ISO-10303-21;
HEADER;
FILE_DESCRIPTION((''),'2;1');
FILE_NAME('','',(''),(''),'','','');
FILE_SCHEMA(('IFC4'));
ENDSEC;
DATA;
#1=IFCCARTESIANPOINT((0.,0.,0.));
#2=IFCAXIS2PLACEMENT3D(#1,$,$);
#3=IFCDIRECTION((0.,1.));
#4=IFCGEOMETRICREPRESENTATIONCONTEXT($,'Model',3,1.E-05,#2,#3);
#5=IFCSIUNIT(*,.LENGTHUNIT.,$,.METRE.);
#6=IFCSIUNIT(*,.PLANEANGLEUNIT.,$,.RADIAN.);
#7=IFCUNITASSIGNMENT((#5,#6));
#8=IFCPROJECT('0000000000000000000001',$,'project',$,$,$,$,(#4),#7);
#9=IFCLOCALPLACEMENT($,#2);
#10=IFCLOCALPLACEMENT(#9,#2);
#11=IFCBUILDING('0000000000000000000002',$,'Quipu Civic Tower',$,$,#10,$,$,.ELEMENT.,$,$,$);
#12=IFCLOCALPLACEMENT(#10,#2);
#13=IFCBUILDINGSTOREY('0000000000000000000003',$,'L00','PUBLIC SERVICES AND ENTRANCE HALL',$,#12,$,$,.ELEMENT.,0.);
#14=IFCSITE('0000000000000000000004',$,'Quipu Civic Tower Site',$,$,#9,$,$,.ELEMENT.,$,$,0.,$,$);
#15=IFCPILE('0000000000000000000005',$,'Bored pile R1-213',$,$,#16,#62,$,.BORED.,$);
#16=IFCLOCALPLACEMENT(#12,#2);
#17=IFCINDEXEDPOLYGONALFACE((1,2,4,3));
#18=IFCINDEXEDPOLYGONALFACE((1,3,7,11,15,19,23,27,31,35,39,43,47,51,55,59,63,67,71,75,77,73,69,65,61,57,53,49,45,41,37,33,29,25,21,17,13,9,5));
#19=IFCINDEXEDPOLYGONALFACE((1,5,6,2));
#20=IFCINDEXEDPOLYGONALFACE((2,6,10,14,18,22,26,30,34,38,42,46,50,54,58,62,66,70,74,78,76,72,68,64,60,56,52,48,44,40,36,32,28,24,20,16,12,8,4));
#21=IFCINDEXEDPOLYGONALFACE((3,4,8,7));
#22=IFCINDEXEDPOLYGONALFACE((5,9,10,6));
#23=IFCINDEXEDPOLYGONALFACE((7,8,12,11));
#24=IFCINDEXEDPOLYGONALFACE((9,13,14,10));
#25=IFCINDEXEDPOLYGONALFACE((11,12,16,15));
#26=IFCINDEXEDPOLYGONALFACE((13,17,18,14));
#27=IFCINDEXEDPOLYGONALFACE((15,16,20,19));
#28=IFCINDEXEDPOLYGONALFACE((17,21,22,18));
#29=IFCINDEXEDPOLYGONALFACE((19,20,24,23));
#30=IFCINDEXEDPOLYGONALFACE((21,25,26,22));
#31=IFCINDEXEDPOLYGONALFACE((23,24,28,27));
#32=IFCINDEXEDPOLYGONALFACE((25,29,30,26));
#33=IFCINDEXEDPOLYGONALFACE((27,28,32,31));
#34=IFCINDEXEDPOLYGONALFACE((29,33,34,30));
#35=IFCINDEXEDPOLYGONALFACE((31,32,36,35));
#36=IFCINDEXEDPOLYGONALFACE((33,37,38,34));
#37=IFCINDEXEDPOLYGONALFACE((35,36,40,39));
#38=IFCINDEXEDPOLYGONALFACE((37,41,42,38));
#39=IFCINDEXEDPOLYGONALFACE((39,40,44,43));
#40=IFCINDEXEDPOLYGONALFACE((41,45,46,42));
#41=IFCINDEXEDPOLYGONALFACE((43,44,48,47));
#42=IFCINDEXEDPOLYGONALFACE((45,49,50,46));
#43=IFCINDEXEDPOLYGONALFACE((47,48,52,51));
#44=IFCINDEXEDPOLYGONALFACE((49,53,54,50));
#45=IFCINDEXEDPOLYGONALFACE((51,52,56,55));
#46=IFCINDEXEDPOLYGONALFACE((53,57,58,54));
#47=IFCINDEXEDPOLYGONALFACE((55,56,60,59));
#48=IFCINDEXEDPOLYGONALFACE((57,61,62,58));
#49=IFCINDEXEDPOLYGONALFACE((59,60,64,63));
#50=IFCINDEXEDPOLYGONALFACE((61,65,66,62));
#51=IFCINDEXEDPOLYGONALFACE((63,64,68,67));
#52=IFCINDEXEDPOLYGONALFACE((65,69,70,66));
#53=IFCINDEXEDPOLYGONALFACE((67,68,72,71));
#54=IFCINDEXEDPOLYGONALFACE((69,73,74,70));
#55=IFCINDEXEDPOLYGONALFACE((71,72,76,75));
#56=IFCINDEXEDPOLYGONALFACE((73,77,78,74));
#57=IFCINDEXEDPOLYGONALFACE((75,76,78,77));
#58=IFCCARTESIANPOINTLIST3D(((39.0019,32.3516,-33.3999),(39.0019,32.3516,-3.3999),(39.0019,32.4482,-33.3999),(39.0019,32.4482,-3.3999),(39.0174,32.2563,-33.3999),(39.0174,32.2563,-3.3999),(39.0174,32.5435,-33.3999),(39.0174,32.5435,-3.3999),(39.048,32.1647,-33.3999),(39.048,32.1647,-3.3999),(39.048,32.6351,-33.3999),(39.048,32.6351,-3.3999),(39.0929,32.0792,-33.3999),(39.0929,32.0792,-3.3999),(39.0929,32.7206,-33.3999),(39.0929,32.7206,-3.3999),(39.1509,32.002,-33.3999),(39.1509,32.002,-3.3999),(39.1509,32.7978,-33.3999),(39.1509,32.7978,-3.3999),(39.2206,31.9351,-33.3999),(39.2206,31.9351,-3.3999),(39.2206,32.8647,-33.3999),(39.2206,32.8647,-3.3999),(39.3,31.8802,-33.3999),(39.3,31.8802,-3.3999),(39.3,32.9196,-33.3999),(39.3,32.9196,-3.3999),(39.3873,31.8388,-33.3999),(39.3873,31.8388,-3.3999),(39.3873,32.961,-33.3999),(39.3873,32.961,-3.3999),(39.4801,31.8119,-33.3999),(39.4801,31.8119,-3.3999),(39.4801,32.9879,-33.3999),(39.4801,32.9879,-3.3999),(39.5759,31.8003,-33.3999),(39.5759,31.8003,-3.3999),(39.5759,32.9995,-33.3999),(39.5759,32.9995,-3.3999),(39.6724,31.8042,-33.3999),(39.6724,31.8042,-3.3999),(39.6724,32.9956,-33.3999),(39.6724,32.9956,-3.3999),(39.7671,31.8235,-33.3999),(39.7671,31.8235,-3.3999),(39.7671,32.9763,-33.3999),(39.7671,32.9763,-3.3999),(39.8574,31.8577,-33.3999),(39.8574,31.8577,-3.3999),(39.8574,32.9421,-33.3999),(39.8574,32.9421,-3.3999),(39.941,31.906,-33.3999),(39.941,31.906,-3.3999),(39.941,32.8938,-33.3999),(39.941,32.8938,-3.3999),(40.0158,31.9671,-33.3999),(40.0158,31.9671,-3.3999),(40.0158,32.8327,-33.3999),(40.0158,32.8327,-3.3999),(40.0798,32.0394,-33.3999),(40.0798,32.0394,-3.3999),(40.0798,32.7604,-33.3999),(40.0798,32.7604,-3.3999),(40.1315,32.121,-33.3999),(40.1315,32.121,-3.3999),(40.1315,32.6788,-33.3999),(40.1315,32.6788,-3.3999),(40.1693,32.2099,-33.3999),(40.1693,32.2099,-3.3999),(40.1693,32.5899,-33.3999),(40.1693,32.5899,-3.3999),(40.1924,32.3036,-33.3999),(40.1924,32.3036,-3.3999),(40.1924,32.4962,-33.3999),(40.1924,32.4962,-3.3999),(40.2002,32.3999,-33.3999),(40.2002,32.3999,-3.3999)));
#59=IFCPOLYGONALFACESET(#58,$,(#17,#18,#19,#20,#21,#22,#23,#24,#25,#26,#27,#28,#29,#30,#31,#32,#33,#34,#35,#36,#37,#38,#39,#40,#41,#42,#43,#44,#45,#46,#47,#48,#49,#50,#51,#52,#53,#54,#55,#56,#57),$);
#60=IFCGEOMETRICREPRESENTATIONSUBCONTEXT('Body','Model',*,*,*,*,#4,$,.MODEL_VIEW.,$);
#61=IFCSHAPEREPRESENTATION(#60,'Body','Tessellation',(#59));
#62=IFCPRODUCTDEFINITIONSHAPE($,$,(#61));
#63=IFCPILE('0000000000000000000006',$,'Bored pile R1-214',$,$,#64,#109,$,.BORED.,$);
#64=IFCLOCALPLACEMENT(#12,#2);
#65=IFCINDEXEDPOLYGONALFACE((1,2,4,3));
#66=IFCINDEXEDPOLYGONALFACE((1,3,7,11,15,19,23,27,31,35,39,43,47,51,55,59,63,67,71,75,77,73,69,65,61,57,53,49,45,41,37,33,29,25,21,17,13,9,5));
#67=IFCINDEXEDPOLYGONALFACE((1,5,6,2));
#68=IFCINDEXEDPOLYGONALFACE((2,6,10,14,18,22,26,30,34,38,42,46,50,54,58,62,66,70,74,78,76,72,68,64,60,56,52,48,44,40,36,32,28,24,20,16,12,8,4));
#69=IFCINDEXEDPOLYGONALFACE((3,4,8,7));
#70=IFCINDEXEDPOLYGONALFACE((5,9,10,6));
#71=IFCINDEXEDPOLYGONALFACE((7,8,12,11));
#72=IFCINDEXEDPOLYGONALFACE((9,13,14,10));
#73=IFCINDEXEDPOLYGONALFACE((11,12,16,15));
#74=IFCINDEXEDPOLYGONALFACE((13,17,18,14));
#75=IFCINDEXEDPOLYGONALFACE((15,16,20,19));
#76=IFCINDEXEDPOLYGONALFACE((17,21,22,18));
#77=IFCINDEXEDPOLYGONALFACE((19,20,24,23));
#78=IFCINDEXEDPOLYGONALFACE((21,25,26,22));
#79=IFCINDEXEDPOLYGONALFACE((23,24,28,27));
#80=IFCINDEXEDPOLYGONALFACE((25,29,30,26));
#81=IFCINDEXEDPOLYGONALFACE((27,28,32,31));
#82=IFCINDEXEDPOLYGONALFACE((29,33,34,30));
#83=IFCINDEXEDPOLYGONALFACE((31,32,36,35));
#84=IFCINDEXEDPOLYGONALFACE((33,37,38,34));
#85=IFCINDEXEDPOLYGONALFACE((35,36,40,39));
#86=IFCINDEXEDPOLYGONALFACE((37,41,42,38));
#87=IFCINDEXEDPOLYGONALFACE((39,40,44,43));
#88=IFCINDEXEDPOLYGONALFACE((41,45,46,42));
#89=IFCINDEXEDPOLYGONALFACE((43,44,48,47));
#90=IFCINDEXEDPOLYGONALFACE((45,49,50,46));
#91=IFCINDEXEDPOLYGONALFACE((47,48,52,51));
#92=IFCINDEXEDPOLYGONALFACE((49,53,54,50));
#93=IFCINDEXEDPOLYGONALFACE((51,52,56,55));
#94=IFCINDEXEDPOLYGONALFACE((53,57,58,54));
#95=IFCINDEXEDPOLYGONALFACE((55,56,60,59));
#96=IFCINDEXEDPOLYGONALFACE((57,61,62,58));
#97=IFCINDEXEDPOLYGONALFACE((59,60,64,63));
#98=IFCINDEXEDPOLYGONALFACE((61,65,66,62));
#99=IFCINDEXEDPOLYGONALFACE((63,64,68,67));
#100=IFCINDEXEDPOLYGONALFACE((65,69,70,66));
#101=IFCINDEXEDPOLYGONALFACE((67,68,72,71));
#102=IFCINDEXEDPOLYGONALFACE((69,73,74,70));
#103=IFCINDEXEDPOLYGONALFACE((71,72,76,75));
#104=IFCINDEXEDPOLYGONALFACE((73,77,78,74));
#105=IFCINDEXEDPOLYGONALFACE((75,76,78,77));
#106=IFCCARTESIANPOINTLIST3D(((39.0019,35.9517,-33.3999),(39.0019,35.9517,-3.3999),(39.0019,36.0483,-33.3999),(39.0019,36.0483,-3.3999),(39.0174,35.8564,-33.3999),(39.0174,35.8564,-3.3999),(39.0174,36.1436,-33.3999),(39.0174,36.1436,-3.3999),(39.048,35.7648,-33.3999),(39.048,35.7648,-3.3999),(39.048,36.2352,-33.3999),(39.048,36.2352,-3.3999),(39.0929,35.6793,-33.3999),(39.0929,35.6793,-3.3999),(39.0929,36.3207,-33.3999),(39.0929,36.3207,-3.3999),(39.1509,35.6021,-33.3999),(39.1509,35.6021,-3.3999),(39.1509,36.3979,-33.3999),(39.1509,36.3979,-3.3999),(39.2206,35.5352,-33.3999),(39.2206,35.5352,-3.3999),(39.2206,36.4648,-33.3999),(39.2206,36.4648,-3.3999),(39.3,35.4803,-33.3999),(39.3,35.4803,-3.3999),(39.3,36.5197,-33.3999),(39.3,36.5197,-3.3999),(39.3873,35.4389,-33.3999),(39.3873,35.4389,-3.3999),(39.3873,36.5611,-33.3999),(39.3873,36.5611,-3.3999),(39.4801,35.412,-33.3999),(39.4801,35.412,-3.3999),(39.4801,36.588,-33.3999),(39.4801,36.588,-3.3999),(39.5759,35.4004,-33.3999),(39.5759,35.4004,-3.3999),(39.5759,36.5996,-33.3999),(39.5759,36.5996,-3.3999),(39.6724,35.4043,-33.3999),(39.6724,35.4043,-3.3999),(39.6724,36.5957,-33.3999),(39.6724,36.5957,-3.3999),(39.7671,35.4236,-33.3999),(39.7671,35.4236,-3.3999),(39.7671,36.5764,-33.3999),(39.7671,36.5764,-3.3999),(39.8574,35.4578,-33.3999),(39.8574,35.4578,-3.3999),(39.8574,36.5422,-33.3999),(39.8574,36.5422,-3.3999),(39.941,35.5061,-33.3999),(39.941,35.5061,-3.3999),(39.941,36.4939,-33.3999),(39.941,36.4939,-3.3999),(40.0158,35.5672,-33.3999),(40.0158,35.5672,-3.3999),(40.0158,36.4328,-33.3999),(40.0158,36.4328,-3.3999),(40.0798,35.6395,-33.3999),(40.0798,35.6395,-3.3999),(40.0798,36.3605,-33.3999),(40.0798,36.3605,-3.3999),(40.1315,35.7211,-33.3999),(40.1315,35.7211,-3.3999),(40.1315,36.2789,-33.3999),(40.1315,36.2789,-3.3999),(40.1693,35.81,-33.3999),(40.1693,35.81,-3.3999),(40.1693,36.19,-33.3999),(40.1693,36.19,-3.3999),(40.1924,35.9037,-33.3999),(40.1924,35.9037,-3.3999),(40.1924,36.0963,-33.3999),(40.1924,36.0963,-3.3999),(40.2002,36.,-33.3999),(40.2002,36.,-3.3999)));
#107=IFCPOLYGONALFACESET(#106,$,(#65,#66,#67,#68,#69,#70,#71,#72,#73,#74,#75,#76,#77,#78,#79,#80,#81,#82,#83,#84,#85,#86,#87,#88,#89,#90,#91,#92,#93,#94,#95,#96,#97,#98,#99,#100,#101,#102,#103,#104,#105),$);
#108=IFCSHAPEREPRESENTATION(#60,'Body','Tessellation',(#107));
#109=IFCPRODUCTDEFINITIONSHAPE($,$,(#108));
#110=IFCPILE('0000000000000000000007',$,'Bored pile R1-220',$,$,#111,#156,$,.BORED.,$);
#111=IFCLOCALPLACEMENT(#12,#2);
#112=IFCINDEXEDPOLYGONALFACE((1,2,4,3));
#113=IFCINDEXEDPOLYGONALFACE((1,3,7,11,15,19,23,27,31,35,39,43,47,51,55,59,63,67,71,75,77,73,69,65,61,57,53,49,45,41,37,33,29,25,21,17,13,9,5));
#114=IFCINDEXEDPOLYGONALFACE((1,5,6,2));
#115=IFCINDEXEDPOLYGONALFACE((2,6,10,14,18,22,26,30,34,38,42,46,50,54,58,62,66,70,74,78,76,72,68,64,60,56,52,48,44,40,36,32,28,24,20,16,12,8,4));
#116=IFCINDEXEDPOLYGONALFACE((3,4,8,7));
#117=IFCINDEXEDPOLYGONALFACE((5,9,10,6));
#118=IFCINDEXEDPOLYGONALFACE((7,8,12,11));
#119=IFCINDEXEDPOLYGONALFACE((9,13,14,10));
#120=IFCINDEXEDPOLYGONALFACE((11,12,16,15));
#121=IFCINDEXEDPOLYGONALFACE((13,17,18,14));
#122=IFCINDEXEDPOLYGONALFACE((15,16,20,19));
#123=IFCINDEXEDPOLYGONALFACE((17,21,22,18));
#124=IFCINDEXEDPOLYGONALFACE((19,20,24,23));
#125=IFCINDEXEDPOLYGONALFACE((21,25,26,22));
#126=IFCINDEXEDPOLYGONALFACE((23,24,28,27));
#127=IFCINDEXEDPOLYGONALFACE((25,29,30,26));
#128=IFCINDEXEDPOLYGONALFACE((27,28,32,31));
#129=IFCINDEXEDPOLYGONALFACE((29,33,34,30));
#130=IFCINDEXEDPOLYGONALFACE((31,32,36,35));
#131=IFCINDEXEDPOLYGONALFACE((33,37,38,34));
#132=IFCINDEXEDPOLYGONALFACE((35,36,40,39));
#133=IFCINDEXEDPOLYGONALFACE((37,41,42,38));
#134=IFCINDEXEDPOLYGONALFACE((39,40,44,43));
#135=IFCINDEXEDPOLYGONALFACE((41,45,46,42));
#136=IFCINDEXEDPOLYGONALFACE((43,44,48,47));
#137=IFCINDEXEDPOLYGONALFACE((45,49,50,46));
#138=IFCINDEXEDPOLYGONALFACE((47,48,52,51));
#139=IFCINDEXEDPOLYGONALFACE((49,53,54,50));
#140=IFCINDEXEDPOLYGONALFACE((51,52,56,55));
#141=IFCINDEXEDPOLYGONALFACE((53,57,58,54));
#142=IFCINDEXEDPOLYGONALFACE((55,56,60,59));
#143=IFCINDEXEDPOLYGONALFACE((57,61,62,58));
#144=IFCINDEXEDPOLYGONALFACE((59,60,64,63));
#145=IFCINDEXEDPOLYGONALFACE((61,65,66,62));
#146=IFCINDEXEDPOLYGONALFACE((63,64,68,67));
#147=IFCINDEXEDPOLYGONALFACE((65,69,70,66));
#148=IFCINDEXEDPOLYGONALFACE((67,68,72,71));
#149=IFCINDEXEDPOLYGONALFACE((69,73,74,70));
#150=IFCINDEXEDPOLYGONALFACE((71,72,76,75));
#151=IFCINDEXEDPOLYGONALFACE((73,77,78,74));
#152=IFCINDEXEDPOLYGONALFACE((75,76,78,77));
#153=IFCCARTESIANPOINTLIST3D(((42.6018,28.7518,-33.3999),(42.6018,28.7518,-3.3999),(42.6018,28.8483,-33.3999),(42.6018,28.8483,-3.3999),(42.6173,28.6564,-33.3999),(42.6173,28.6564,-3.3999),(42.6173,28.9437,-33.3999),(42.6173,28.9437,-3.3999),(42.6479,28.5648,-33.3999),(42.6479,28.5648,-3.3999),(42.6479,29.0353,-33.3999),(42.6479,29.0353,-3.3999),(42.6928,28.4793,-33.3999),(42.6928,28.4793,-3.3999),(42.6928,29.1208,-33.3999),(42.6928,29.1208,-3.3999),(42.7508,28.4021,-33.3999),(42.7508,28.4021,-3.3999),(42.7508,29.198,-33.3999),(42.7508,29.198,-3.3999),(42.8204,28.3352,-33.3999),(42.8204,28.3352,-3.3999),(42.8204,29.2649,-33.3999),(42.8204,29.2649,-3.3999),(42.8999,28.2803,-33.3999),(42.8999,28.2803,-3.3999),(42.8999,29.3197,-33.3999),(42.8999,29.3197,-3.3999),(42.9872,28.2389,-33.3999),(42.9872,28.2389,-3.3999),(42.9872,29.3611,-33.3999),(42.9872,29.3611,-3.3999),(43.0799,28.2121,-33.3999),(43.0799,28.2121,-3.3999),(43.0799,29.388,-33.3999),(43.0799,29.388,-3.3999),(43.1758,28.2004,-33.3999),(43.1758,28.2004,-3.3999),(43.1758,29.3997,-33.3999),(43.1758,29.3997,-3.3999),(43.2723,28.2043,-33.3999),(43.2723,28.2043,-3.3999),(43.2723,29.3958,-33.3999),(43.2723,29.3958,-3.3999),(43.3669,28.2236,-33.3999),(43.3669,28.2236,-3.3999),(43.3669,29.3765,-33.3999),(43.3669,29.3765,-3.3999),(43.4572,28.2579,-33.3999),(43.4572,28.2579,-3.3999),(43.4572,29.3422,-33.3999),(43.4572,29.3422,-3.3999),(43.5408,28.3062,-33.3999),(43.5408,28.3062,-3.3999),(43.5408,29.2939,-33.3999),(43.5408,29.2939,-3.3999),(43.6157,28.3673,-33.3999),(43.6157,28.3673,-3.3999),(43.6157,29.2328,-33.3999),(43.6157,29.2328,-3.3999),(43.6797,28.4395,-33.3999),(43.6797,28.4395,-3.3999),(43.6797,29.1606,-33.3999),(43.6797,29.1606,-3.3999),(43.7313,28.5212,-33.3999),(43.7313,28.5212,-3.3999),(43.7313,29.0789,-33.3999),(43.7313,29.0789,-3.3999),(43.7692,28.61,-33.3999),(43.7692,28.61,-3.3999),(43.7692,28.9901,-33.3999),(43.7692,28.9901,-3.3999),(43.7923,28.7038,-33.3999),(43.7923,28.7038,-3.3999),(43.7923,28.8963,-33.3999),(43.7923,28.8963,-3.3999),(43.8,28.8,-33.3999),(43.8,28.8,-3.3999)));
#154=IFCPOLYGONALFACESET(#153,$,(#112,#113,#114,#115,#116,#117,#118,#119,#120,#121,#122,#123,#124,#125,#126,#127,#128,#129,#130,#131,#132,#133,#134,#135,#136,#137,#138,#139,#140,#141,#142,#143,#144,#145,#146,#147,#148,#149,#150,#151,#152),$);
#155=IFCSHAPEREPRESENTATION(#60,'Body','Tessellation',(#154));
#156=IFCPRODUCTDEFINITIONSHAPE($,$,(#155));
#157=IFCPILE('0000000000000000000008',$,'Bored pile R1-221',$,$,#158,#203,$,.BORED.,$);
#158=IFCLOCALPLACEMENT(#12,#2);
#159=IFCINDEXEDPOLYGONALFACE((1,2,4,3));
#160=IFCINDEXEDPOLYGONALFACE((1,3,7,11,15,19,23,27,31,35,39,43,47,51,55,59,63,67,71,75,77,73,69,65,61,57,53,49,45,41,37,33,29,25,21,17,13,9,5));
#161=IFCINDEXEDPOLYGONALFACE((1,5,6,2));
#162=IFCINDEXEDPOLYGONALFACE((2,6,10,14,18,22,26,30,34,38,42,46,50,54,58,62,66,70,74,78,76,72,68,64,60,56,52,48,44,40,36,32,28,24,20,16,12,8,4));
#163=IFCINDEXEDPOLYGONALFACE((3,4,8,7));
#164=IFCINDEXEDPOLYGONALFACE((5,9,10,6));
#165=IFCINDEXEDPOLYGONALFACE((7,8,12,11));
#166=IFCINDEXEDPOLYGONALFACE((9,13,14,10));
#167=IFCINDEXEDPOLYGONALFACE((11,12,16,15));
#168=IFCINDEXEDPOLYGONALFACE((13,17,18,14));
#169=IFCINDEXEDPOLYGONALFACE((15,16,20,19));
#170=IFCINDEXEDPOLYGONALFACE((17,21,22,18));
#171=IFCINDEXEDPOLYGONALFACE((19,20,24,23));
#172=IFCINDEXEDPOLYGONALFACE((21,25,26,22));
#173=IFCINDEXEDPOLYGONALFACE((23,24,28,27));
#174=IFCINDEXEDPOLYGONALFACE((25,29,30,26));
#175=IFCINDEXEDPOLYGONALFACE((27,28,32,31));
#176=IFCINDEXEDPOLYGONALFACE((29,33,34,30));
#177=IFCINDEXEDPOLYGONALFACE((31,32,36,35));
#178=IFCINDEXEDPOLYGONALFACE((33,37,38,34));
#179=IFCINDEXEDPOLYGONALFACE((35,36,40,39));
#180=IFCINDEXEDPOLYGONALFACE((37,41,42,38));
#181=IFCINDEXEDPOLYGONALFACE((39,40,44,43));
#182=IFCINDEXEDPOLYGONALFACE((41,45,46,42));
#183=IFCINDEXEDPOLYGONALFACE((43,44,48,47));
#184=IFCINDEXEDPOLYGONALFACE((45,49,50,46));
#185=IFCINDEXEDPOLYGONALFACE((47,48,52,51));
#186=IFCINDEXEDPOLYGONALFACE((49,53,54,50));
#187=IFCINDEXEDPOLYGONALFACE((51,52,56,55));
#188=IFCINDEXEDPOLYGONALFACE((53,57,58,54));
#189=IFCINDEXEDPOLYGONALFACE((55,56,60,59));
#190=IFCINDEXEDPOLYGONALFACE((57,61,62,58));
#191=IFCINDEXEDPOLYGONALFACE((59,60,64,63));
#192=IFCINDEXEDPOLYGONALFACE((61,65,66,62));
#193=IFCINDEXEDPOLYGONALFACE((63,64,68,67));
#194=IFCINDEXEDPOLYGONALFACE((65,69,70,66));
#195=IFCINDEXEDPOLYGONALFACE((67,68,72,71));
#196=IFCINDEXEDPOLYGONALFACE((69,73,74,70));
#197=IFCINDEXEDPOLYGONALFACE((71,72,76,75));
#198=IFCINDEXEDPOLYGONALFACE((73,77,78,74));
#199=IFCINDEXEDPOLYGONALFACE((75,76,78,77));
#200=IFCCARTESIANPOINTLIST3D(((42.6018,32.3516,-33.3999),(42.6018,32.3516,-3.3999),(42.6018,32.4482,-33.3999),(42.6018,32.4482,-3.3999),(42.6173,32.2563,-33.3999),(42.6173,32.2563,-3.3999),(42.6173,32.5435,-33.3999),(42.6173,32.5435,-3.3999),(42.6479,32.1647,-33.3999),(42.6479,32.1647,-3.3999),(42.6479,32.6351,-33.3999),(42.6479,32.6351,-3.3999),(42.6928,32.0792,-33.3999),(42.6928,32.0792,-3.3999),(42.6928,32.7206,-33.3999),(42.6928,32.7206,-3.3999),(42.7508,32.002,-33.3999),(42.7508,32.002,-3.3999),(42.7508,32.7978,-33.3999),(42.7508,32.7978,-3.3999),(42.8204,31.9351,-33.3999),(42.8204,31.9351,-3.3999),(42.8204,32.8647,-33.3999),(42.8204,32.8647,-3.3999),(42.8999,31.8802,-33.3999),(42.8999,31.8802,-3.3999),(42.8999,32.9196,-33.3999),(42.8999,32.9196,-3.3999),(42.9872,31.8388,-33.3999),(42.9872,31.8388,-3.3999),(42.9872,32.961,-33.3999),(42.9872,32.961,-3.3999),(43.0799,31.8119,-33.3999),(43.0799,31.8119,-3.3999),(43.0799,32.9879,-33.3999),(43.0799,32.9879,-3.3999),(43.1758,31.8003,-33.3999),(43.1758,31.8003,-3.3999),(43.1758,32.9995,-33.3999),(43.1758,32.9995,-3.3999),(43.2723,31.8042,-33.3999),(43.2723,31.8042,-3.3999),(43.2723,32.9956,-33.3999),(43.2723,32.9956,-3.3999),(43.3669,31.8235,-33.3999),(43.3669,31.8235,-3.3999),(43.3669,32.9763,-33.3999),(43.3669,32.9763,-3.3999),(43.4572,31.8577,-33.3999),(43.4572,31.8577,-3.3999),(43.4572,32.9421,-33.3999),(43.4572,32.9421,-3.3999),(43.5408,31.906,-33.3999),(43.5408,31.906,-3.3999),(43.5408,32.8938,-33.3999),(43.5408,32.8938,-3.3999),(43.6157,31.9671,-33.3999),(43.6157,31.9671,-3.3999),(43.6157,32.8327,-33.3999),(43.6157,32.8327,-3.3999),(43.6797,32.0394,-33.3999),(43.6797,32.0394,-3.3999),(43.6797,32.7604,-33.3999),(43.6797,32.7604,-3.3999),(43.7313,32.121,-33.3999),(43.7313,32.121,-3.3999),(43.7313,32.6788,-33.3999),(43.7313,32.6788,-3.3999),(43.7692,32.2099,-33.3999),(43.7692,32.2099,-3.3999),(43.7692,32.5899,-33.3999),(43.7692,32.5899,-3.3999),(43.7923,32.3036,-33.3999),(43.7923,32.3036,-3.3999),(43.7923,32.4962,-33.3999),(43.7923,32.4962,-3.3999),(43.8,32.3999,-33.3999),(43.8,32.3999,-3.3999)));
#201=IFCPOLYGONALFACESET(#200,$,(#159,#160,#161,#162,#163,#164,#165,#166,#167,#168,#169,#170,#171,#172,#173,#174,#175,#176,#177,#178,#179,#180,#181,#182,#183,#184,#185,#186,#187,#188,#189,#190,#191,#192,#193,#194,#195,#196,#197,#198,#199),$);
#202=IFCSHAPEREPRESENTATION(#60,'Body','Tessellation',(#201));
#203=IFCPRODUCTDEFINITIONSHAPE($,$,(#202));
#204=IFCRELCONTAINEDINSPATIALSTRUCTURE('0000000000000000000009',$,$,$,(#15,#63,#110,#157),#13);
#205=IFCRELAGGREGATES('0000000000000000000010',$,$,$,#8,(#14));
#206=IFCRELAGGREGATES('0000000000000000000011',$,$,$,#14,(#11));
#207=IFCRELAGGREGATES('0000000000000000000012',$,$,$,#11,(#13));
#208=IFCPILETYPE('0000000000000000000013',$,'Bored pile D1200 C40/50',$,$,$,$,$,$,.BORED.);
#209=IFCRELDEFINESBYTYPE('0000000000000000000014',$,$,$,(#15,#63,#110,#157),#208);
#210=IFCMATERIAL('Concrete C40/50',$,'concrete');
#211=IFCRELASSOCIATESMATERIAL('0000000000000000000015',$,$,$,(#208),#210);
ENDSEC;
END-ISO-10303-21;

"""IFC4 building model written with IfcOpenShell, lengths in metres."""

from ifc_helpers import new_model, si_unit, direction, frame, origin, origin_2d, place, context, subcontext, project, spatial, circle, extrude, material, material_profile, profile_set, type_object, element, save


model = new_model("IFC4")

# Units and contexts
model_context = context("Model", 3, precision=1e-05, world=origin(), true_north=direction((0.0, 1.0)))
body_context = subcontext(model_context, "Body", "Model", "MODEL_VIEW")
ifc_project = project(units=[si_unit("LENGTHUNIT", "METRE"), si_unit("PLANEANGLEUNIT", "RADIAN")], contexts=[model_context])

# Site, building, storey
site_placement = place(None, origin())
site = spatial("IfcSite", under=ifc_project, at=site_placement, Name="Quipu Civic Tower Site", CompositionType="ELEMENT", RefElevation=0.0)
building_placement = place(site_placement, origin())
building = spatial("IfcBuilding", under=site, at=building_placement, Name="Quipu Civic Tower", CompositionType="ELEMENT")
storey_placement = place(building_placement, origin())
storey = spatial("IfcBuildingStorey", under=building, at=storey_placement, Name="L00", Description="PUBLIC SERVICES AND ENTRANCE HALL", CompositionType="ELEMENT", Elevation=0.0)

# Piles
ifc_material_1 = material(Name="Concrete C40/50", Category="concrete")
ifc_material_profile = material_profile(ifc_material_1, circle(Radius=0.6001, at=origin_2d()), Name="RCD1200")
ifc_profile_set = profile_set([ifc_material_profile], Name="Concrete C40/50")
pile_type = type_object("IfcPileType", Name="Bored pile D1200 C40/50", PredefinedType="BORED", material=ifc_profile_set)
for number, where, z_axis, x_axis, name in (
    (1, (39.6001, 32.3999, -3.3999), (0.0, 0.0, -1.0), (1.0, 0.0, 0.0), "Bored pile R1-213"),
    (2, (39.6001, 36.0, -3.3999), (0.0, 0.0, -1.0), (1.0, 0.0, 0.0), "Bored pile R1-214"),
    (3, (43.2, 28.8, -3.3999), (0.0, 0.0, -1.0), (1.0, 0.0, 0.0), "Bored pile R1-220"),
    (4, (43.2, 32.3999, -3.3999), (0.0, 0.0, -1.0), (1.0, 0.0, 0.0), "Bored pile R1-221"),
):
    element("IfcPile", number, at=place(storey_placement, frame(where, z_axis=z_axis, x_axis=x_axis)), inside=storey, type_object=pile_type, Name=name, PredefinedType="BORED", context=body_context, shape_type="SweptSolid", body=[
        extrude(circle(Radius=0.6001, at=origin_2d()), origin(), (0.0, 0.0, 1.0), 30.0),
    ])

save(model, "model.ifc")
